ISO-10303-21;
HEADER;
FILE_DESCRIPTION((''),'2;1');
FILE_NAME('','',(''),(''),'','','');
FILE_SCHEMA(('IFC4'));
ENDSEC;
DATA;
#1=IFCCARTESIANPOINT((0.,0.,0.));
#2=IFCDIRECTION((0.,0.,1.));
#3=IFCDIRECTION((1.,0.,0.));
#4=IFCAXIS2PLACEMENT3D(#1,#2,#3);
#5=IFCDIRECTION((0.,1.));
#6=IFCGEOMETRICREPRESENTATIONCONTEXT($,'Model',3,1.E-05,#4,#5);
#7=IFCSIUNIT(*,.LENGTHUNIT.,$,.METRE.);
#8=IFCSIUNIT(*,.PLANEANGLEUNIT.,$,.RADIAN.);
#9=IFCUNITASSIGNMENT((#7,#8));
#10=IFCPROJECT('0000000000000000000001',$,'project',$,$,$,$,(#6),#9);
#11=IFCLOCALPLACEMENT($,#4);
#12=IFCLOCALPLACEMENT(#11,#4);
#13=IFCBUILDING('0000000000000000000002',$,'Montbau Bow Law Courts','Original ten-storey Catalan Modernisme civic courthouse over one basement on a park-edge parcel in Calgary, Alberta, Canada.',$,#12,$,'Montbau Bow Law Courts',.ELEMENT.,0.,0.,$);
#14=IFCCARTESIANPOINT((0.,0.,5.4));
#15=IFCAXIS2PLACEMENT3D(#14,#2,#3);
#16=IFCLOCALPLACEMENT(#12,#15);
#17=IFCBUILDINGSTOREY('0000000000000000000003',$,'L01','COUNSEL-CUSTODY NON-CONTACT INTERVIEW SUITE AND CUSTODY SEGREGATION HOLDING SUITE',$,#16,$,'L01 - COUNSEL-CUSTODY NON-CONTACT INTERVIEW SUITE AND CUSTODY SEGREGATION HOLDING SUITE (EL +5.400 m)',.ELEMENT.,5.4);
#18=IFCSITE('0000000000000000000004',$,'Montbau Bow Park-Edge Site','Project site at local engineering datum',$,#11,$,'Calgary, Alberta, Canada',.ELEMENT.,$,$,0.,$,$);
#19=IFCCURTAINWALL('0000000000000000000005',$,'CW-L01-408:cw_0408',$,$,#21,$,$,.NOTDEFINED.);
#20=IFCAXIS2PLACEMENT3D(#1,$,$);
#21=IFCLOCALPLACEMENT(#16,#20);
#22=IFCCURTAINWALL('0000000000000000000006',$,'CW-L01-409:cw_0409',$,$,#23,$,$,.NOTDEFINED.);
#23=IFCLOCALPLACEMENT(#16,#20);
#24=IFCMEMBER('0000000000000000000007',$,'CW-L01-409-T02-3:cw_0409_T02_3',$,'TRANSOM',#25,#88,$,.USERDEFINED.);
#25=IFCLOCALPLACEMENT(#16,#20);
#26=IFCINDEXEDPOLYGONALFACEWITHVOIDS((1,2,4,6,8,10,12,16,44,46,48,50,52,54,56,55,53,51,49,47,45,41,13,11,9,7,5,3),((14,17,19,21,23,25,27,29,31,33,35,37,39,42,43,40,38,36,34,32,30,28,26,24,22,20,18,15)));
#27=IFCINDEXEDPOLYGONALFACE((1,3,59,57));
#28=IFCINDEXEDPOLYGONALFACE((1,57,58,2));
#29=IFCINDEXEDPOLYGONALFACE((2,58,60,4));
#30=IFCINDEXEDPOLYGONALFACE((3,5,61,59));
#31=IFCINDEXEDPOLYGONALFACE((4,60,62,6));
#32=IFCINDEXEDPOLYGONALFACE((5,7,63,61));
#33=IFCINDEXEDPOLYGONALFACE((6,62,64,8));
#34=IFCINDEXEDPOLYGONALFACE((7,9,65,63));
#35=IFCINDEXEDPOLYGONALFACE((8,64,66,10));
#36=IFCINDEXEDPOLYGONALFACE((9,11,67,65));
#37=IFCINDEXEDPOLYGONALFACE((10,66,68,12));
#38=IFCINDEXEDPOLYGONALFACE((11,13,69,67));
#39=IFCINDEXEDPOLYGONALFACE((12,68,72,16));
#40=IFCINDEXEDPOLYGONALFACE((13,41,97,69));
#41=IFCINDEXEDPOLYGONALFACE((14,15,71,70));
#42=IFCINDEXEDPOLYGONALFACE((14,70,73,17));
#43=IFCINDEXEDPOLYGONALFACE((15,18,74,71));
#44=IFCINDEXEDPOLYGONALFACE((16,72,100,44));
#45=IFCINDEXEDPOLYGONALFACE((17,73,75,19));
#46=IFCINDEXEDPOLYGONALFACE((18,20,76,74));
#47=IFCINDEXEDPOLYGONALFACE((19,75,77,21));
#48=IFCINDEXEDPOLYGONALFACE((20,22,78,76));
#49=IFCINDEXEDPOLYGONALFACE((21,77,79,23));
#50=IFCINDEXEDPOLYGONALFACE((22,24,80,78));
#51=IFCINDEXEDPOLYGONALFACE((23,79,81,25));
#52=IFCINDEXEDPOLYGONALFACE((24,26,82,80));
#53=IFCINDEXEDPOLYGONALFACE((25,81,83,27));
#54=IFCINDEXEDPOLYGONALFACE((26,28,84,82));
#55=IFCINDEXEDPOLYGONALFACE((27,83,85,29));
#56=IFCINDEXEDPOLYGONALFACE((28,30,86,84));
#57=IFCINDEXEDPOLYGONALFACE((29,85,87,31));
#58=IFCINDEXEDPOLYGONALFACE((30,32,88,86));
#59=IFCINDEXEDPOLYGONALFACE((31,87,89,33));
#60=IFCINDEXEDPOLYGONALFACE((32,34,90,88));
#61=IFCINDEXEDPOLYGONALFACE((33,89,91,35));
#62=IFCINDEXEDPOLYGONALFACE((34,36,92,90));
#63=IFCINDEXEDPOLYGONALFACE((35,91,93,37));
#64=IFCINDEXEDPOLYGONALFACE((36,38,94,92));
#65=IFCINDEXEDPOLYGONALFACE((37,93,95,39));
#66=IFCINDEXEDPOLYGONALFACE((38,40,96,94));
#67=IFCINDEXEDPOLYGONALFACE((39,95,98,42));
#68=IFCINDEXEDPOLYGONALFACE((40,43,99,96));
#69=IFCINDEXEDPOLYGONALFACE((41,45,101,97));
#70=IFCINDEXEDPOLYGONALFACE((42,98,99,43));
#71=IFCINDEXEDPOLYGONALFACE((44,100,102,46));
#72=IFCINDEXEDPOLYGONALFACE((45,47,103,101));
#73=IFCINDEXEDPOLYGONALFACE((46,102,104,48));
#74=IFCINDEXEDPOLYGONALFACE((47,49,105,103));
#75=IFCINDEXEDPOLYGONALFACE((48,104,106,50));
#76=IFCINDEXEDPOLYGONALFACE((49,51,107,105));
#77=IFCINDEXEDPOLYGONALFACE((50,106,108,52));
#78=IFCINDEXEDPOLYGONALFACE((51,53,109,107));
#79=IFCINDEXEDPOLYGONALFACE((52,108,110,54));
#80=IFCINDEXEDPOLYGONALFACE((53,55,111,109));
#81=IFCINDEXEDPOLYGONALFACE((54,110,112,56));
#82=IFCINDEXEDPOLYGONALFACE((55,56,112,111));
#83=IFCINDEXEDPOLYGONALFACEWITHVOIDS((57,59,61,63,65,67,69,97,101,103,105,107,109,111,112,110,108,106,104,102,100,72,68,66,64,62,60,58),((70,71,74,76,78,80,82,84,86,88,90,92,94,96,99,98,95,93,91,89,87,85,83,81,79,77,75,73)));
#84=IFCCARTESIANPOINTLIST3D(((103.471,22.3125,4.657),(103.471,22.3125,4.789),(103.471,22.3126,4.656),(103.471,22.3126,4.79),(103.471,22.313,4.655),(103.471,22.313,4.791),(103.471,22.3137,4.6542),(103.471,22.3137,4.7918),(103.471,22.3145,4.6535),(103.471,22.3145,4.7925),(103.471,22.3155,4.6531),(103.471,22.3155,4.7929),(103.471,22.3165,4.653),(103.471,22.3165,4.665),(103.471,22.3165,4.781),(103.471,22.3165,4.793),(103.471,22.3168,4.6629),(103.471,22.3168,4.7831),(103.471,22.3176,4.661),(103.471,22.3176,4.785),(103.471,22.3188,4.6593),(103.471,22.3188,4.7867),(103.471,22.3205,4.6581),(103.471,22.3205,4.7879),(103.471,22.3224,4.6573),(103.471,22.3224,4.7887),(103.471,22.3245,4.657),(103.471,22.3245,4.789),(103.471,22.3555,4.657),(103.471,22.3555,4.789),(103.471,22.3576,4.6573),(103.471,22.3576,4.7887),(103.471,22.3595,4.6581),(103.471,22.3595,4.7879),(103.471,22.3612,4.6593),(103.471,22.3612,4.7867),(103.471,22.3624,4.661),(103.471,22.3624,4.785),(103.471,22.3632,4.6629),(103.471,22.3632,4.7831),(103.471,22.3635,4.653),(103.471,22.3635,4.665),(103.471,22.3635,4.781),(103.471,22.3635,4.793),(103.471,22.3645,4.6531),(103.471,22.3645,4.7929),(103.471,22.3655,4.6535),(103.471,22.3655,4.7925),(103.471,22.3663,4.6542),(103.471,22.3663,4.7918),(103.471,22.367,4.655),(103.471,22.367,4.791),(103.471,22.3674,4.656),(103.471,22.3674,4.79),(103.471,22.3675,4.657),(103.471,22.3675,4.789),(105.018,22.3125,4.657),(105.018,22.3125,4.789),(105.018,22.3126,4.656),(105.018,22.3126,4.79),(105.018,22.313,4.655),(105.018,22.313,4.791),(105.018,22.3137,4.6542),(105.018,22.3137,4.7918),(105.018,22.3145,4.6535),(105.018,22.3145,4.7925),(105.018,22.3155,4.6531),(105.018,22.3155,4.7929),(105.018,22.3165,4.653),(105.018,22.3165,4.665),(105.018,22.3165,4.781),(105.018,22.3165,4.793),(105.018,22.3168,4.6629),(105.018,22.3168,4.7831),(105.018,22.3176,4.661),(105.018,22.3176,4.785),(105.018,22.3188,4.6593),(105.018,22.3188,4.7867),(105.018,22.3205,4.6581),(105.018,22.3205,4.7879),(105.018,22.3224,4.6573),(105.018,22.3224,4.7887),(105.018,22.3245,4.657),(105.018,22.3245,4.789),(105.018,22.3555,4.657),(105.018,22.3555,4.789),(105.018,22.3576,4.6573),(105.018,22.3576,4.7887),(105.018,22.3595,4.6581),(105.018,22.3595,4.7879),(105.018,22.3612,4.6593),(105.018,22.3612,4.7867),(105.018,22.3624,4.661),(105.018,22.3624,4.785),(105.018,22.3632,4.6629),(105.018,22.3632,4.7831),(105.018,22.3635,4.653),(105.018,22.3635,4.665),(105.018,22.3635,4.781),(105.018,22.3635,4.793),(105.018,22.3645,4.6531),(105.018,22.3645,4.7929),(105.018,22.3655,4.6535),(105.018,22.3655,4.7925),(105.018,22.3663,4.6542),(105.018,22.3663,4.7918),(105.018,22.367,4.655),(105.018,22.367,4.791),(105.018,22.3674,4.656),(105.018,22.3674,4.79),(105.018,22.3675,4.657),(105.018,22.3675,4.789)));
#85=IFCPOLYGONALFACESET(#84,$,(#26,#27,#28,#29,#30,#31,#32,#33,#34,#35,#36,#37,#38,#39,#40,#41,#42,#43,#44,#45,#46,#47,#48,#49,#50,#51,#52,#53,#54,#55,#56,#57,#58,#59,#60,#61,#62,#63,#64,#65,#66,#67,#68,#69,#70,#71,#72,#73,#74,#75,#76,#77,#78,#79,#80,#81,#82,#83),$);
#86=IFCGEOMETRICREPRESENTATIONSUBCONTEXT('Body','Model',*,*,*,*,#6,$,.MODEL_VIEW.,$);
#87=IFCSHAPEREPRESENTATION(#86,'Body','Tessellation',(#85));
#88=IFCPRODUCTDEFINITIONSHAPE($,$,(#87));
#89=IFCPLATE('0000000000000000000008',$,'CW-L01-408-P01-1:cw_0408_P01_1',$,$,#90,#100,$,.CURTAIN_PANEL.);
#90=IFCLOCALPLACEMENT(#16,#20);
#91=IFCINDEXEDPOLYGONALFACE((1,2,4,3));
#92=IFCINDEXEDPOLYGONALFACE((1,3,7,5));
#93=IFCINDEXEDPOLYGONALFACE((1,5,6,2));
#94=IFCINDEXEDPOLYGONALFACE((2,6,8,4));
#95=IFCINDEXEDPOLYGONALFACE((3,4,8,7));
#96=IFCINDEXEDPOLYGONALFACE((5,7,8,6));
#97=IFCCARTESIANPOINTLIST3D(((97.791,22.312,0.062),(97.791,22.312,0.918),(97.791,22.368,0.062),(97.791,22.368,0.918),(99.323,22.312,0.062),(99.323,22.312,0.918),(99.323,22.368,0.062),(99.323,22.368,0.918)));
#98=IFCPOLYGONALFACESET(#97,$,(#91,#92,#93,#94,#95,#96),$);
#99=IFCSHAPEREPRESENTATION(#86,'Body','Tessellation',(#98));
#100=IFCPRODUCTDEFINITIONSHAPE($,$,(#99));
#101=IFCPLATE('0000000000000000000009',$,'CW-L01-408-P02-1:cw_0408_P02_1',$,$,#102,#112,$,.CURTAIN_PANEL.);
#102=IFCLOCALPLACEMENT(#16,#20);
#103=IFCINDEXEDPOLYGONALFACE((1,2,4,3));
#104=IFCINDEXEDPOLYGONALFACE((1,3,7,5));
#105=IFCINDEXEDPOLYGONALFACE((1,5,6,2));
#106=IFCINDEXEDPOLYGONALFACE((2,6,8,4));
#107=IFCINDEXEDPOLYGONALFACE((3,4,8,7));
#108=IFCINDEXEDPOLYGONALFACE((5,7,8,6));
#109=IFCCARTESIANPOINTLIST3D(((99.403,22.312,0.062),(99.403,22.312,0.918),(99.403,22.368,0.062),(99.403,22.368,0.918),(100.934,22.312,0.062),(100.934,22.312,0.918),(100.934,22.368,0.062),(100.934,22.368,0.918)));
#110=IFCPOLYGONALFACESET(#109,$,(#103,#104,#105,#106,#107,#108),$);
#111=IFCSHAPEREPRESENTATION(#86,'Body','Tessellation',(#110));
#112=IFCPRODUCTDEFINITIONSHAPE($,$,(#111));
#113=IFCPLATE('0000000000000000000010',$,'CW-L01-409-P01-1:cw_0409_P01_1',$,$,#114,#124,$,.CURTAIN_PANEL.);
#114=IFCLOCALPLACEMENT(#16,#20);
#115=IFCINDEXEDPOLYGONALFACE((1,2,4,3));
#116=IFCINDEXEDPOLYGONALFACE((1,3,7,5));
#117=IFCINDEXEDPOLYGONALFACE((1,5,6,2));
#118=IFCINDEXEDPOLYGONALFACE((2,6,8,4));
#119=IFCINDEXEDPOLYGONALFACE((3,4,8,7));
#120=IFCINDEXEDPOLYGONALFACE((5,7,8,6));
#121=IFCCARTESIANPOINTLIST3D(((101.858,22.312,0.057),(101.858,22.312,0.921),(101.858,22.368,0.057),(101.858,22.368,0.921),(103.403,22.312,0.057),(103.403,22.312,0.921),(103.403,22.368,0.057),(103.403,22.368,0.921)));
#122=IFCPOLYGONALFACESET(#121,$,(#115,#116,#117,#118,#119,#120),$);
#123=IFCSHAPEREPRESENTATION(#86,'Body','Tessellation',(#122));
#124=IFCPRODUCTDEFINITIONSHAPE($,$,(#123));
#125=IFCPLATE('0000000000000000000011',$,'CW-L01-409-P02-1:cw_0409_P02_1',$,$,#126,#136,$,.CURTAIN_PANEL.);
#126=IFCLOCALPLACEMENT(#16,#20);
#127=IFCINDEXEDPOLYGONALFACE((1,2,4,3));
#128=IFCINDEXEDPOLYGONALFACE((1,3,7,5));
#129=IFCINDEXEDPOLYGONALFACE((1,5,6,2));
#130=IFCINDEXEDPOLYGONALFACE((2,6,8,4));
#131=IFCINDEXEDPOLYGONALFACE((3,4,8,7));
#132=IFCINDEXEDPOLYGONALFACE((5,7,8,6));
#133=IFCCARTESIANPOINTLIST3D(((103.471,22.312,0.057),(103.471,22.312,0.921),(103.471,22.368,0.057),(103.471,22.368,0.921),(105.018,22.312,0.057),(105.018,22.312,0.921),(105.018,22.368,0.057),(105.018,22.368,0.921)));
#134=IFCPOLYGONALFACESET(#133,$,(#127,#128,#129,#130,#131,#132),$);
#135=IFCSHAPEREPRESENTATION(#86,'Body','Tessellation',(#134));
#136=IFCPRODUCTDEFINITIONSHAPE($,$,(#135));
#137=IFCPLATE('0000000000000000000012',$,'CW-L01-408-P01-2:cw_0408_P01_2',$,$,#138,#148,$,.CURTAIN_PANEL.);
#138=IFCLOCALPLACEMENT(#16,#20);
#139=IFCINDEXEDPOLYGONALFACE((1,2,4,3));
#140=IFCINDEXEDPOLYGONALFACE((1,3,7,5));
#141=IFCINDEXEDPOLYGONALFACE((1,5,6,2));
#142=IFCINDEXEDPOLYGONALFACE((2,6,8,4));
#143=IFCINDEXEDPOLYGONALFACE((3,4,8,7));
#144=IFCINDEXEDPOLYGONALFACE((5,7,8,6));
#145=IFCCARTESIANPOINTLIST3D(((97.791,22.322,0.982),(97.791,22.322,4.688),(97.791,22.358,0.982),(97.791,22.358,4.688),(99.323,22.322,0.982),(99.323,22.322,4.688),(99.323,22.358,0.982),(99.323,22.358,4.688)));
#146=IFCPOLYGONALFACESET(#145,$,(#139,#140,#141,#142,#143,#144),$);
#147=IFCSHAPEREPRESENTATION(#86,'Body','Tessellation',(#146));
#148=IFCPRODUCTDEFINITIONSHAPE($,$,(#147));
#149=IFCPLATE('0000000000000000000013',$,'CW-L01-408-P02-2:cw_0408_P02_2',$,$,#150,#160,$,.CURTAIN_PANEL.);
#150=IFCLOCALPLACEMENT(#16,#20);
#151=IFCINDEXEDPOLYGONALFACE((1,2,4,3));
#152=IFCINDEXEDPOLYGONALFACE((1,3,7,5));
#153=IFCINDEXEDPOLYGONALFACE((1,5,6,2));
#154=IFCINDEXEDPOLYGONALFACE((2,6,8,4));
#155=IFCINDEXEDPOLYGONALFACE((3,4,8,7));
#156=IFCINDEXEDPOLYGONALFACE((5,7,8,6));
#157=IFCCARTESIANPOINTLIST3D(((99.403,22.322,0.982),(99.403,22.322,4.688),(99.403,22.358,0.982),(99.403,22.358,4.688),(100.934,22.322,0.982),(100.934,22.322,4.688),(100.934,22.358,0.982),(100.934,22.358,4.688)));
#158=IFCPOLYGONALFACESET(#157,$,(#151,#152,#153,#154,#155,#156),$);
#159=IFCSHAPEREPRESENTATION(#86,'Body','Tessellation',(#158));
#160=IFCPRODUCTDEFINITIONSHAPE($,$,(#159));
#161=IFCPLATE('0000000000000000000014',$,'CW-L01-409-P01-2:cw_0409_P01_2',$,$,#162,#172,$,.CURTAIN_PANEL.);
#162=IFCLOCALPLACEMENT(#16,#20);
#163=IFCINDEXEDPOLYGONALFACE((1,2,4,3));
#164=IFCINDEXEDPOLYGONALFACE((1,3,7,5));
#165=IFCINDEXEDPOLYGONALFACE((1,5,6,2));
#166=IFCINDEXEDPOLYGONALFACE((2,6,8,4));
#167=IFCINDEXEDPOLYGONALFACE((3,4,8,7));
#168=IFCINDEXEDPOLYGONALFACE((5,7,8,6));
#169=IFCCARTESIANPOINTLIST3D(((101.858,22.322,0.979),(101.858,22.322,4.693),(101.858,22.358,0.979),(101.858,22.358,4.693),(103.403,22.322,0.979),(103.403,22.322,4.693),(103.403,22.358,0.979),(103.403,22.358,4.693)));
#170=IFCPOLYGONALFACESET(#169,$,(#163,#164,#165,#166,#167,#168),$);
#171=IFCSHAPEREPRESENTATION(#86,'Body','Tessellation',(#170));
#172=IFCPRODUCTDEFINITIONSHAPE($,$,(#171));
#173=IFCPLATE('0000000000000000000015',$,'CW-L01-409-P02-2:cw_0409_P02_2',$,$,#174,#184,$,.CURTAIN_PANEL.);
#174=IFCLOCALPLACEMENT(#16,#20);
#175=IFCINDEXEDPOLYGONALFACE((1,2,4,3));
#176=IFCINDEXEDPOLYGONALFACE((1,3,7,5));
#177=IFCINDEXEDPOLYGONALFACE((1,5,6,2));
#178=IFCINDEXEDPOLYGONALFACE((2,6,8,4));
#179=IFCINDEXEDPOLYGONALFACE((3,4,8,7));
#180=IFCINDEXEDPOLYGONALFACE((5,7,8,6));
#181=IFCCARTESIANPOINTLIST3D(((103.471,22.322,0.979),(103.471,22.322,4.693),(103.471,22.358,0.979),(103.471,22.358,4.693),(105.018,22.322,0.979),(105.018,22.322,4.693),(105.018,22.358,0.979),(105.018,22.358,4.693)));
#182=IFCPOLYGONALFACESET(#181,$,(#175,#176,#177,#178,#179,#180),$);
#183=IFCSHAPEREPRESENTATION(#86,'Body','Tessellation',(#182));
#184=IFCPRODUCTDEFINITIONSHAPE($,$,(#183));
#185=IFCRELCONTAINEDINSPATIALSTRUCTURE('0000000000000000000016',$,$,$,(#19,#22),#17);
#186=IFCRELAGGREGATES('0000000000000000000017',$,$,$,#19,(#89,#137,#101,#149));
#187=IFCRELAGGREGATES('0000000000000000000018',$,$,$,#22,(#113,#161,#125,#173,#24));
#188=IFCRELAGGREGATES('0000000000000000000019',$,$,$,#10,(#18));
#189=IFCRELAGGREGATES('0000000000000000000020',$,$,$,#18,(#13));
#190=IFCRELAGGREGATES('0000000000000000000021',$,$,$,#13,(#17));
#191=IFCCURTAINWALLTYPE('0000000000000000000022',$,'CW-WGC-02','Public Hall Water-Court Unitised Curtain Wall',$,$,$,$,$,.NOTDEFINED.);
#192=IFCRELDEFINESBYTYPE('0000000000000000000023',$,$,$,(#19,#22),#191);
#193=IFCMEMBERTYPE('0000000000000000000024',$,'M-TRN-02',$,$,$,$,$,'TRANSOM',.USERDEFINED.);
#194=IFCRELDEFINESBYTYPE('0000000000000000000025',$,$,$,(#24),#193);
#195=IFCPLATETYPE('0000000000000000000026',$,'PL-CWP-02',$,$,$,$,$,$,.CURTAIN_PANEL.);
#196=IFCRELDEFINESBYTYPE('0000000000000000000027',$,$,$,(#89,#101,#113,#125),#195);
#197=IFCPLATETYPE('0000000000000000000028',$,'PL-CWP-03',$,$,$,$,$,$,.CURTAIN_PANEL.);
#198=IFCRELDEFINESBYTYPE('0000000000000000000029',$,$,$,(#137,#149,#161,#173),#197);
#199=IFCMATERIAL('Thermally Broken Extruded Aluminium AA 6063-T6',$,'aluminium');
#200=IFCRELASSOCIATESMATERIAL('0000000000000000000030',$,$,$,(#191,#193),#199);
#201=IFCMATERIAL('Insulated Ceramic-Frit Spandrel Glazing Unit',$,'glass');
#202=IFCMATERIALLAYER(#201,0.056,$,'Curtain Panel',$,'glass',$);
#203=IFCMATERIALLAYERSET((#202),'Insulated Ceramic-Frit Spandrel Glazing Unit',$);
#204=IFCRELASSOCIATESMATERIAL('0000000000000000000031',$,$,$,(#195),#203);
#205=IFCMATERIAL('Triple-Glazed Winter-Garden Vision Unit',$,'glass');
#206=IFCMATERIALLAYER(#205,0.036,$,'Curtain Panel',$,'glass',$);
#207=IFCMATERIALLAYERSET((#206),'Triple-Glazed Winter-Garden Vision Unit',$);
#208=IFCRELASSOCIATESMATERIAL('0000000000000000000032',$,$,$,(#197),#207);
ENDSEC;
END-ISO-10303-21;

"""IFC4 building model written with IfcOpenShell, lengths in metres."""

from ifc_helpers import new_model, si_unit, direction, frame, frame_2d, origin_with_axes, origin_2d_with_axis, place, context, subcontext, project, spatial, rectangle, hollow_rectangle, extrude, material, layer, layer_set, material_profile, profile_set, type_object, element, aggregate, save


model = new_model("IFC4")

# Units and contexts
model_context = context("Model", 3, precision=1e-05, world=origin_with_axes(), true_north=direction((0.0, 1.0)))
body_context = subcontext(model_context, "Body", "Model", "MODEL_VIEW")
ifc_project = project(units=[si_unit("LENGTHUNIT", "METRE"), si_unit("PLANEANGLEUNIT", "RADIAN")], contexts=[model_context])

# Site, building, storey
site_placement = place(None, origin_with_axes())
site = spatial("IfcSite", under=ifc_project, at=site_placement, Name="Montbau Bow Park-Edge Site", Description="Project site at local engineering datum", LongName="Calgary, Alberta, Canada", CompositionType="ELEMENT", RefElevation=0.0)
building_placement = place(site_placement, origin_with_axes())
building = spatial("IfcBuilding", under=site, at=building_placement, Name="Montbau Bow Law Courts", Description="Original ten-storey Catalan Modernisme civic courthouse over one basement on a park-edge parcel in Calgary, Alberta, Canada.", LongName="Montbau Bow Law Courts", CompositionType="ELEMENT", ElevationOfRefHeight=0.0, ElevationOfTerrain=0.0)
storey_placement = place(building_placement, frame((0.0, 0.0, 5.4), z_axis=(0.0, 0.0, 1.0), x_axis=(1.0, 0.0, 0.0)))
storey = spatial("IfcBuildingStorey", under=building, at=storey_placement, Name="L01", Description="COUNSEL-CUSTODY NON-CONTACT INTERVIEW SUITE AND CUSTODY SEGREGATION HOLDING SUITE", LongName="L01 - COUNSEL-CUSTODY NON-CONTACT INTERVIEW SUITE AND CUSTODY SEGREGATION HOLDING SUITE (EL +5.400 m)", CompositionType="ELEMENT", Elevation=5.4)

# Curtain walls
ifc_material_1 = material(Name="Thermally Broken Extruded Aluminium AA 6063-T6", Category="aluminium")
curtain_wall_type = type_object("IfcCurtainWallType", Name="CW-WGC-02", Description="Public Hall Water-Court Unitised Curtain Wall", PredefinedType="NOTDEFINED", material=ifc_material_1)
curtain_wall_1_placement = place(None, frame((97.715, 22.34, 5.4), z_axis=(0.0, 0.0, 1.0), x_axis=(1.0, 0.0, 0.0)))
curtain_wall_1 = element("IfcCurtainWall", 1, at=curtain_wall_1_placement, inside=storey, type_object=curtain_wall_type, Name="CW-L01-408:cw_0408", PredefinedType="NOTDEFINED")
curtain_wall_2_placement = place(None, frame((101.79, 22.34, 5.4), z_axis=(0.0, 0.0, 1.0), x_axis=(1.0, 0.0, 0.0)))
curtain_wall_2 = element("IfcCurtainWall", 2, at=curtain_wall_2_placement, inside=storey, type_object=curtain_wall_type, Name="CW-L01-409:cw_0409", PredefinedType="NOTDEFINED")

# Member
ifc_material_profile_1 = material_profile(ifc_material_1, hollow_rectangle(XDim=0.055, YDim=0.14, WallThickness=0.004, InnerFilletRadius=0.008, OuterFilletRadius=0.004, at=origin_2d_with_axis()), Name="CWT-140X55", Category="Main", Priority=0)
ifc_profile_set_1 = profile_set([ifc_material_profile_1], Name="Thermally Broken Extruded Aluminium AA 6063-T6")
member_type_1 = type_object("IfcMemberType", Name="M-TRN-02", ElementType="TRANSOM", PredefinedType="USERDEFINED", material=ifc_profile_set_1)
member_1_placement = place(None, frame((103.471, 22.34, 10.123), z_axis=(1.0, 0.0, 0.0), x_axis=(0.0, 1.0, 0.0)))
member_1 = element("IfcMember", 3, at=member_1_placement, type_object=member_type_1, Name="CW-L01-409-T02-3:cw_0409_T02_3", ObjectType="TRANSOM", PredefinedType="USERDEFINED", context=body_context, shape_type="SweptSolid", body=[
    extrude(hollow_rectangle(XDim=0.055, YDim=0.14, WallThickness=0.004, InnerFilletRadius=0.008, OuterFilletRadius=0.004, at=origin_2d_with_axis()), origin_with_axes(), (0.0, 0.0, 1.0), 1.547),
])

# Plates
ifc_material_2 = material(Name="Insulated Ceramic-Frit Spandrel Glazing Unit", Category="glass")
ifc_layer_1 = layer(ifc_material_2, 0.056, Name="Curtain Panel", Category="glass")
ifc_layer_set_1 = layer_set([ifc_layer_1], Name="Insulated Ceramic-Frit Spandrel Glazing Unit")
plate_type_1 = type_object("IfcPlateType", Name="PL-CWP-02", PredefinedType="CURTAIN_PANEL", material=ifc_layer_set_1)
plate_1_placement = place(None, frame((97.791, 22.34, 5.462), z_axis=(0.0, -1.0, 0.0), x_axis=(1.0, 0.0, 0.0)))
plate_1 = element("IfcPlate", 4, at=plate_1_placement, type_object=plate_type_1, Name="CW-L01-408-P01-1:cw_0408_P01_1", PredefinedType="CURTAIN_PANEL", context=body_context, shape_type="SweptSolid", body=[
    extrude(rectangle(XDim=1.532, YDim=0.856, at=frame_2d((0.766, 0.428), x_axis=(1.0, 0.0))), frame((0.0, 0.0, -0.028), z_axis=(0.0, 0.0, 1.0), x_axis=(1.0, 0.0, 0.0)), (0.0, 0.0, 1.0), 0.056),
])
plate_2_placement = place(None, frame((99.403, 22.34, 5.462), z_axis=(0.0, -1.0, 0.0), x_axis=(1.0, 0.0, 0.0)))
plate_2 = element("IfcPlate", 5, at=plate_2_placement, type_object=plate_type_1, Name="CW-L01-408-P02-1:cw_0408_P02_1", PredefinedType="CURTAIN_PANEL", context=body_context, shape_type="SweptSolid", body=[
    extrude(rectangle(XDim=1.531, YDim=0.856, at=frame_2d((0.7655, 0.428), x_axis=(1.0, 0.0))), frame((0.0, 0.0, -0.028), z_axis=(0.0, 0.0, 1.0), x_axis=(1.0, 0.0, 0.0)), (0.0, 0.0, 1.0), 0.056),
])
plate_3_placement = place(None, frame((101.858, 22.34, 5.457), z_axis=(0.0, -1.0, 0.0), x_axis=(1.0, 0.0, 0.0)))
plate_3 = element("IfcPlate", 6, at=plate_3_placement, type_object=plate_type_1, Name="CW-L01-409-P01-1:cw_0409_P01_1", PredefinedType="CURTAIN_PANEL", context=body_context, shape_type="SweptSolid", body=[
    extrude(rectangle(XDim=1.545, YDim=0.864, at=frame_2d((0.7725, 0.432), x_axis=(1.0, 0.0))), frame((0.0, 0.0, -0.028), z_axis=(0.0, 0.0, 1.0), x_axis=(1.0, 0.0, 0.0)), (0.0, 0.0, 1.0), 0.056),
])
plate_4_placement = place(None, frame((103.471, 22.34, 5.457), z_axis=(0.0, -1.0, 0.0), x_axis=(1.0, 0.0, 0.0)))
plate_4 = element("IfcPlate", 7, at=plate_4_placement, type_object=plate_type_1, Name="CW-L01-409-P02-1:cw_0409_P02_1", PredefinedType="CURTAIN_PANEL", context=body_context, shape_type="SweptSolid", body=[
    extrude(rectangle(XDim=1.547, YDim=0.864, at=frame_2d((0.7735, 0.432), x_axis=(1.0, 0.0))), frame((0.0, 0.0, -0.028), z_axis=(0.0, 0.0, 1.0), x_axis=(1.0, 0.0, 0.0)), (0.0, 0.0, 1.0), 0.056),
])
ifc_material_3 = material(Name="Triple-Glazed Winter-Garden Vision Unit", Category="glass")
ifc_layer_2 = layer(ifc_material_3, 0.036, Name="Curtain Panel", Category="glass")
ifc_layer_set_2 = layer_set([ifc_layer_2], Name="Triple-Glazed Winter-Garden Vision Unit")
plate_type_2 = type_object("IfcPlateType", Name="PL-CWP-03", PredefinedType="CURTAIN_PANEL", material=ifc_layer_set_2)
plate_5_placement = place(None, frame((97.791, 22.34, 6.382), z_axis=(0.0, -1.0, 0.0), x_axis=(1.0, 0.0, 0.0)))
plate_5 = element("IfcPlate", 8, at=plate_5_placement, type_object=plate_type_2, Name="CW-L01-408-P01-2:cw_0408_P01_2", PredefinedType="CURTAIN_PANEL", context=body_context, shape_type="SweptSolid", body=[
    extrude(rectangle(XDim=1.532, YDim=3.706, at=frame_2d((0.766, 1.853), x_axis=(1.0, 0.0))), frame((0.0, 0.0, -0.018), z_axis=(0.0, 0.0, 1.0), x_axis=(1.0, 0.0, 0.0)), (0.0, 0.0, 1.0), 0.036),
])
plate_6_placement = place(None, frame((99.403, 22.34, 6.382), z_axis=(0.0, -1.0, 0.0), x_axis=(1.0, 0.0, 0.0)))
plate_6 = element("IfcPlate", 9, at=plate_6_placement, type_object=plate_type_2, Name="CW-L01-408-P02-2:cw_0408_P02_2", PredefinedType="CURTAIN_PANEL", context=body_context, shape_type="SweptSolid", body=[
    extrude(rectangle(XDim=1.531, YDim=3.706, at=frame_2d((0.7655, 1.853), x_axis=(1.0, 0.0))), frame((0.0, 0.0, -0.018), z_axis=(0.0, 0.0, 1.0), x_axis=(1.0, 0.0, 0.0)), (0.0, 0.0, 1.0), 0.036),
])
aggregate(curtain_wall_1, [plate_1, plate_5, plate_2, plate_6])
plate_7_placement = place(None, frame((101.858, 22.34, 6.379), z_axis=(0.0, -1.0, 0.0), x_axis=(1.0, 0.0, 0.0)))
plate_7 = element("IfcPlate", 10, at=plate_7_placement, type_object=plate_type_2, Name="CW-L01-409-P01-2:cw_0409_P01_2", PredefinedType="CURTAIN_PANEL", context=body_context, shape_type="SweptSolid", body=[
    extrude(rectangle(XDim=1.545, YDim=3.714, at=frame_2d((0.7725, 1.857), x_axis=(1.0, 0.0))), frame((0.0, 0.0, -0.018), z_axis=(0.0, 0.0, 1.0), x_axis=(1.0, 0.0, 0.0)), (0.0, 0.0, 1.0), 0.036),
])
plate_8_placement = place(None, frame((103.471, 22.34, 6.379), z_axis=(0.0, -1.0, 0.0), x_axis=(1.0, 0.0, 0.0)))
plate_8 = element("IfcPlate", 11, at=plate_8_placement, type_object=plate_type_2, Name="CW-L01-409-P02-2:cw_0409_P02_2", PredefinedType="CURTAIN_PANEL", context=body_context, shape_type="SweptSolid", body=[
    extrude(rectangle(XDim=1.547, YDim=3.714, at=frame_2d((0.7735, 1.857), x_axis=(1.0, 0.0))), frame((0.0, 0.0, -0.018), z_axis=(0.0, 0.0, 1.0), x_axis=(1.0, 0.0, 0.0)), (0.0, 0.0, 1.0), 0.036),
])
aggregate(curtain_wall_2, [plate_3, plate_7, plate_4, plate_8, member_1])

save(model, "model.ifc")
